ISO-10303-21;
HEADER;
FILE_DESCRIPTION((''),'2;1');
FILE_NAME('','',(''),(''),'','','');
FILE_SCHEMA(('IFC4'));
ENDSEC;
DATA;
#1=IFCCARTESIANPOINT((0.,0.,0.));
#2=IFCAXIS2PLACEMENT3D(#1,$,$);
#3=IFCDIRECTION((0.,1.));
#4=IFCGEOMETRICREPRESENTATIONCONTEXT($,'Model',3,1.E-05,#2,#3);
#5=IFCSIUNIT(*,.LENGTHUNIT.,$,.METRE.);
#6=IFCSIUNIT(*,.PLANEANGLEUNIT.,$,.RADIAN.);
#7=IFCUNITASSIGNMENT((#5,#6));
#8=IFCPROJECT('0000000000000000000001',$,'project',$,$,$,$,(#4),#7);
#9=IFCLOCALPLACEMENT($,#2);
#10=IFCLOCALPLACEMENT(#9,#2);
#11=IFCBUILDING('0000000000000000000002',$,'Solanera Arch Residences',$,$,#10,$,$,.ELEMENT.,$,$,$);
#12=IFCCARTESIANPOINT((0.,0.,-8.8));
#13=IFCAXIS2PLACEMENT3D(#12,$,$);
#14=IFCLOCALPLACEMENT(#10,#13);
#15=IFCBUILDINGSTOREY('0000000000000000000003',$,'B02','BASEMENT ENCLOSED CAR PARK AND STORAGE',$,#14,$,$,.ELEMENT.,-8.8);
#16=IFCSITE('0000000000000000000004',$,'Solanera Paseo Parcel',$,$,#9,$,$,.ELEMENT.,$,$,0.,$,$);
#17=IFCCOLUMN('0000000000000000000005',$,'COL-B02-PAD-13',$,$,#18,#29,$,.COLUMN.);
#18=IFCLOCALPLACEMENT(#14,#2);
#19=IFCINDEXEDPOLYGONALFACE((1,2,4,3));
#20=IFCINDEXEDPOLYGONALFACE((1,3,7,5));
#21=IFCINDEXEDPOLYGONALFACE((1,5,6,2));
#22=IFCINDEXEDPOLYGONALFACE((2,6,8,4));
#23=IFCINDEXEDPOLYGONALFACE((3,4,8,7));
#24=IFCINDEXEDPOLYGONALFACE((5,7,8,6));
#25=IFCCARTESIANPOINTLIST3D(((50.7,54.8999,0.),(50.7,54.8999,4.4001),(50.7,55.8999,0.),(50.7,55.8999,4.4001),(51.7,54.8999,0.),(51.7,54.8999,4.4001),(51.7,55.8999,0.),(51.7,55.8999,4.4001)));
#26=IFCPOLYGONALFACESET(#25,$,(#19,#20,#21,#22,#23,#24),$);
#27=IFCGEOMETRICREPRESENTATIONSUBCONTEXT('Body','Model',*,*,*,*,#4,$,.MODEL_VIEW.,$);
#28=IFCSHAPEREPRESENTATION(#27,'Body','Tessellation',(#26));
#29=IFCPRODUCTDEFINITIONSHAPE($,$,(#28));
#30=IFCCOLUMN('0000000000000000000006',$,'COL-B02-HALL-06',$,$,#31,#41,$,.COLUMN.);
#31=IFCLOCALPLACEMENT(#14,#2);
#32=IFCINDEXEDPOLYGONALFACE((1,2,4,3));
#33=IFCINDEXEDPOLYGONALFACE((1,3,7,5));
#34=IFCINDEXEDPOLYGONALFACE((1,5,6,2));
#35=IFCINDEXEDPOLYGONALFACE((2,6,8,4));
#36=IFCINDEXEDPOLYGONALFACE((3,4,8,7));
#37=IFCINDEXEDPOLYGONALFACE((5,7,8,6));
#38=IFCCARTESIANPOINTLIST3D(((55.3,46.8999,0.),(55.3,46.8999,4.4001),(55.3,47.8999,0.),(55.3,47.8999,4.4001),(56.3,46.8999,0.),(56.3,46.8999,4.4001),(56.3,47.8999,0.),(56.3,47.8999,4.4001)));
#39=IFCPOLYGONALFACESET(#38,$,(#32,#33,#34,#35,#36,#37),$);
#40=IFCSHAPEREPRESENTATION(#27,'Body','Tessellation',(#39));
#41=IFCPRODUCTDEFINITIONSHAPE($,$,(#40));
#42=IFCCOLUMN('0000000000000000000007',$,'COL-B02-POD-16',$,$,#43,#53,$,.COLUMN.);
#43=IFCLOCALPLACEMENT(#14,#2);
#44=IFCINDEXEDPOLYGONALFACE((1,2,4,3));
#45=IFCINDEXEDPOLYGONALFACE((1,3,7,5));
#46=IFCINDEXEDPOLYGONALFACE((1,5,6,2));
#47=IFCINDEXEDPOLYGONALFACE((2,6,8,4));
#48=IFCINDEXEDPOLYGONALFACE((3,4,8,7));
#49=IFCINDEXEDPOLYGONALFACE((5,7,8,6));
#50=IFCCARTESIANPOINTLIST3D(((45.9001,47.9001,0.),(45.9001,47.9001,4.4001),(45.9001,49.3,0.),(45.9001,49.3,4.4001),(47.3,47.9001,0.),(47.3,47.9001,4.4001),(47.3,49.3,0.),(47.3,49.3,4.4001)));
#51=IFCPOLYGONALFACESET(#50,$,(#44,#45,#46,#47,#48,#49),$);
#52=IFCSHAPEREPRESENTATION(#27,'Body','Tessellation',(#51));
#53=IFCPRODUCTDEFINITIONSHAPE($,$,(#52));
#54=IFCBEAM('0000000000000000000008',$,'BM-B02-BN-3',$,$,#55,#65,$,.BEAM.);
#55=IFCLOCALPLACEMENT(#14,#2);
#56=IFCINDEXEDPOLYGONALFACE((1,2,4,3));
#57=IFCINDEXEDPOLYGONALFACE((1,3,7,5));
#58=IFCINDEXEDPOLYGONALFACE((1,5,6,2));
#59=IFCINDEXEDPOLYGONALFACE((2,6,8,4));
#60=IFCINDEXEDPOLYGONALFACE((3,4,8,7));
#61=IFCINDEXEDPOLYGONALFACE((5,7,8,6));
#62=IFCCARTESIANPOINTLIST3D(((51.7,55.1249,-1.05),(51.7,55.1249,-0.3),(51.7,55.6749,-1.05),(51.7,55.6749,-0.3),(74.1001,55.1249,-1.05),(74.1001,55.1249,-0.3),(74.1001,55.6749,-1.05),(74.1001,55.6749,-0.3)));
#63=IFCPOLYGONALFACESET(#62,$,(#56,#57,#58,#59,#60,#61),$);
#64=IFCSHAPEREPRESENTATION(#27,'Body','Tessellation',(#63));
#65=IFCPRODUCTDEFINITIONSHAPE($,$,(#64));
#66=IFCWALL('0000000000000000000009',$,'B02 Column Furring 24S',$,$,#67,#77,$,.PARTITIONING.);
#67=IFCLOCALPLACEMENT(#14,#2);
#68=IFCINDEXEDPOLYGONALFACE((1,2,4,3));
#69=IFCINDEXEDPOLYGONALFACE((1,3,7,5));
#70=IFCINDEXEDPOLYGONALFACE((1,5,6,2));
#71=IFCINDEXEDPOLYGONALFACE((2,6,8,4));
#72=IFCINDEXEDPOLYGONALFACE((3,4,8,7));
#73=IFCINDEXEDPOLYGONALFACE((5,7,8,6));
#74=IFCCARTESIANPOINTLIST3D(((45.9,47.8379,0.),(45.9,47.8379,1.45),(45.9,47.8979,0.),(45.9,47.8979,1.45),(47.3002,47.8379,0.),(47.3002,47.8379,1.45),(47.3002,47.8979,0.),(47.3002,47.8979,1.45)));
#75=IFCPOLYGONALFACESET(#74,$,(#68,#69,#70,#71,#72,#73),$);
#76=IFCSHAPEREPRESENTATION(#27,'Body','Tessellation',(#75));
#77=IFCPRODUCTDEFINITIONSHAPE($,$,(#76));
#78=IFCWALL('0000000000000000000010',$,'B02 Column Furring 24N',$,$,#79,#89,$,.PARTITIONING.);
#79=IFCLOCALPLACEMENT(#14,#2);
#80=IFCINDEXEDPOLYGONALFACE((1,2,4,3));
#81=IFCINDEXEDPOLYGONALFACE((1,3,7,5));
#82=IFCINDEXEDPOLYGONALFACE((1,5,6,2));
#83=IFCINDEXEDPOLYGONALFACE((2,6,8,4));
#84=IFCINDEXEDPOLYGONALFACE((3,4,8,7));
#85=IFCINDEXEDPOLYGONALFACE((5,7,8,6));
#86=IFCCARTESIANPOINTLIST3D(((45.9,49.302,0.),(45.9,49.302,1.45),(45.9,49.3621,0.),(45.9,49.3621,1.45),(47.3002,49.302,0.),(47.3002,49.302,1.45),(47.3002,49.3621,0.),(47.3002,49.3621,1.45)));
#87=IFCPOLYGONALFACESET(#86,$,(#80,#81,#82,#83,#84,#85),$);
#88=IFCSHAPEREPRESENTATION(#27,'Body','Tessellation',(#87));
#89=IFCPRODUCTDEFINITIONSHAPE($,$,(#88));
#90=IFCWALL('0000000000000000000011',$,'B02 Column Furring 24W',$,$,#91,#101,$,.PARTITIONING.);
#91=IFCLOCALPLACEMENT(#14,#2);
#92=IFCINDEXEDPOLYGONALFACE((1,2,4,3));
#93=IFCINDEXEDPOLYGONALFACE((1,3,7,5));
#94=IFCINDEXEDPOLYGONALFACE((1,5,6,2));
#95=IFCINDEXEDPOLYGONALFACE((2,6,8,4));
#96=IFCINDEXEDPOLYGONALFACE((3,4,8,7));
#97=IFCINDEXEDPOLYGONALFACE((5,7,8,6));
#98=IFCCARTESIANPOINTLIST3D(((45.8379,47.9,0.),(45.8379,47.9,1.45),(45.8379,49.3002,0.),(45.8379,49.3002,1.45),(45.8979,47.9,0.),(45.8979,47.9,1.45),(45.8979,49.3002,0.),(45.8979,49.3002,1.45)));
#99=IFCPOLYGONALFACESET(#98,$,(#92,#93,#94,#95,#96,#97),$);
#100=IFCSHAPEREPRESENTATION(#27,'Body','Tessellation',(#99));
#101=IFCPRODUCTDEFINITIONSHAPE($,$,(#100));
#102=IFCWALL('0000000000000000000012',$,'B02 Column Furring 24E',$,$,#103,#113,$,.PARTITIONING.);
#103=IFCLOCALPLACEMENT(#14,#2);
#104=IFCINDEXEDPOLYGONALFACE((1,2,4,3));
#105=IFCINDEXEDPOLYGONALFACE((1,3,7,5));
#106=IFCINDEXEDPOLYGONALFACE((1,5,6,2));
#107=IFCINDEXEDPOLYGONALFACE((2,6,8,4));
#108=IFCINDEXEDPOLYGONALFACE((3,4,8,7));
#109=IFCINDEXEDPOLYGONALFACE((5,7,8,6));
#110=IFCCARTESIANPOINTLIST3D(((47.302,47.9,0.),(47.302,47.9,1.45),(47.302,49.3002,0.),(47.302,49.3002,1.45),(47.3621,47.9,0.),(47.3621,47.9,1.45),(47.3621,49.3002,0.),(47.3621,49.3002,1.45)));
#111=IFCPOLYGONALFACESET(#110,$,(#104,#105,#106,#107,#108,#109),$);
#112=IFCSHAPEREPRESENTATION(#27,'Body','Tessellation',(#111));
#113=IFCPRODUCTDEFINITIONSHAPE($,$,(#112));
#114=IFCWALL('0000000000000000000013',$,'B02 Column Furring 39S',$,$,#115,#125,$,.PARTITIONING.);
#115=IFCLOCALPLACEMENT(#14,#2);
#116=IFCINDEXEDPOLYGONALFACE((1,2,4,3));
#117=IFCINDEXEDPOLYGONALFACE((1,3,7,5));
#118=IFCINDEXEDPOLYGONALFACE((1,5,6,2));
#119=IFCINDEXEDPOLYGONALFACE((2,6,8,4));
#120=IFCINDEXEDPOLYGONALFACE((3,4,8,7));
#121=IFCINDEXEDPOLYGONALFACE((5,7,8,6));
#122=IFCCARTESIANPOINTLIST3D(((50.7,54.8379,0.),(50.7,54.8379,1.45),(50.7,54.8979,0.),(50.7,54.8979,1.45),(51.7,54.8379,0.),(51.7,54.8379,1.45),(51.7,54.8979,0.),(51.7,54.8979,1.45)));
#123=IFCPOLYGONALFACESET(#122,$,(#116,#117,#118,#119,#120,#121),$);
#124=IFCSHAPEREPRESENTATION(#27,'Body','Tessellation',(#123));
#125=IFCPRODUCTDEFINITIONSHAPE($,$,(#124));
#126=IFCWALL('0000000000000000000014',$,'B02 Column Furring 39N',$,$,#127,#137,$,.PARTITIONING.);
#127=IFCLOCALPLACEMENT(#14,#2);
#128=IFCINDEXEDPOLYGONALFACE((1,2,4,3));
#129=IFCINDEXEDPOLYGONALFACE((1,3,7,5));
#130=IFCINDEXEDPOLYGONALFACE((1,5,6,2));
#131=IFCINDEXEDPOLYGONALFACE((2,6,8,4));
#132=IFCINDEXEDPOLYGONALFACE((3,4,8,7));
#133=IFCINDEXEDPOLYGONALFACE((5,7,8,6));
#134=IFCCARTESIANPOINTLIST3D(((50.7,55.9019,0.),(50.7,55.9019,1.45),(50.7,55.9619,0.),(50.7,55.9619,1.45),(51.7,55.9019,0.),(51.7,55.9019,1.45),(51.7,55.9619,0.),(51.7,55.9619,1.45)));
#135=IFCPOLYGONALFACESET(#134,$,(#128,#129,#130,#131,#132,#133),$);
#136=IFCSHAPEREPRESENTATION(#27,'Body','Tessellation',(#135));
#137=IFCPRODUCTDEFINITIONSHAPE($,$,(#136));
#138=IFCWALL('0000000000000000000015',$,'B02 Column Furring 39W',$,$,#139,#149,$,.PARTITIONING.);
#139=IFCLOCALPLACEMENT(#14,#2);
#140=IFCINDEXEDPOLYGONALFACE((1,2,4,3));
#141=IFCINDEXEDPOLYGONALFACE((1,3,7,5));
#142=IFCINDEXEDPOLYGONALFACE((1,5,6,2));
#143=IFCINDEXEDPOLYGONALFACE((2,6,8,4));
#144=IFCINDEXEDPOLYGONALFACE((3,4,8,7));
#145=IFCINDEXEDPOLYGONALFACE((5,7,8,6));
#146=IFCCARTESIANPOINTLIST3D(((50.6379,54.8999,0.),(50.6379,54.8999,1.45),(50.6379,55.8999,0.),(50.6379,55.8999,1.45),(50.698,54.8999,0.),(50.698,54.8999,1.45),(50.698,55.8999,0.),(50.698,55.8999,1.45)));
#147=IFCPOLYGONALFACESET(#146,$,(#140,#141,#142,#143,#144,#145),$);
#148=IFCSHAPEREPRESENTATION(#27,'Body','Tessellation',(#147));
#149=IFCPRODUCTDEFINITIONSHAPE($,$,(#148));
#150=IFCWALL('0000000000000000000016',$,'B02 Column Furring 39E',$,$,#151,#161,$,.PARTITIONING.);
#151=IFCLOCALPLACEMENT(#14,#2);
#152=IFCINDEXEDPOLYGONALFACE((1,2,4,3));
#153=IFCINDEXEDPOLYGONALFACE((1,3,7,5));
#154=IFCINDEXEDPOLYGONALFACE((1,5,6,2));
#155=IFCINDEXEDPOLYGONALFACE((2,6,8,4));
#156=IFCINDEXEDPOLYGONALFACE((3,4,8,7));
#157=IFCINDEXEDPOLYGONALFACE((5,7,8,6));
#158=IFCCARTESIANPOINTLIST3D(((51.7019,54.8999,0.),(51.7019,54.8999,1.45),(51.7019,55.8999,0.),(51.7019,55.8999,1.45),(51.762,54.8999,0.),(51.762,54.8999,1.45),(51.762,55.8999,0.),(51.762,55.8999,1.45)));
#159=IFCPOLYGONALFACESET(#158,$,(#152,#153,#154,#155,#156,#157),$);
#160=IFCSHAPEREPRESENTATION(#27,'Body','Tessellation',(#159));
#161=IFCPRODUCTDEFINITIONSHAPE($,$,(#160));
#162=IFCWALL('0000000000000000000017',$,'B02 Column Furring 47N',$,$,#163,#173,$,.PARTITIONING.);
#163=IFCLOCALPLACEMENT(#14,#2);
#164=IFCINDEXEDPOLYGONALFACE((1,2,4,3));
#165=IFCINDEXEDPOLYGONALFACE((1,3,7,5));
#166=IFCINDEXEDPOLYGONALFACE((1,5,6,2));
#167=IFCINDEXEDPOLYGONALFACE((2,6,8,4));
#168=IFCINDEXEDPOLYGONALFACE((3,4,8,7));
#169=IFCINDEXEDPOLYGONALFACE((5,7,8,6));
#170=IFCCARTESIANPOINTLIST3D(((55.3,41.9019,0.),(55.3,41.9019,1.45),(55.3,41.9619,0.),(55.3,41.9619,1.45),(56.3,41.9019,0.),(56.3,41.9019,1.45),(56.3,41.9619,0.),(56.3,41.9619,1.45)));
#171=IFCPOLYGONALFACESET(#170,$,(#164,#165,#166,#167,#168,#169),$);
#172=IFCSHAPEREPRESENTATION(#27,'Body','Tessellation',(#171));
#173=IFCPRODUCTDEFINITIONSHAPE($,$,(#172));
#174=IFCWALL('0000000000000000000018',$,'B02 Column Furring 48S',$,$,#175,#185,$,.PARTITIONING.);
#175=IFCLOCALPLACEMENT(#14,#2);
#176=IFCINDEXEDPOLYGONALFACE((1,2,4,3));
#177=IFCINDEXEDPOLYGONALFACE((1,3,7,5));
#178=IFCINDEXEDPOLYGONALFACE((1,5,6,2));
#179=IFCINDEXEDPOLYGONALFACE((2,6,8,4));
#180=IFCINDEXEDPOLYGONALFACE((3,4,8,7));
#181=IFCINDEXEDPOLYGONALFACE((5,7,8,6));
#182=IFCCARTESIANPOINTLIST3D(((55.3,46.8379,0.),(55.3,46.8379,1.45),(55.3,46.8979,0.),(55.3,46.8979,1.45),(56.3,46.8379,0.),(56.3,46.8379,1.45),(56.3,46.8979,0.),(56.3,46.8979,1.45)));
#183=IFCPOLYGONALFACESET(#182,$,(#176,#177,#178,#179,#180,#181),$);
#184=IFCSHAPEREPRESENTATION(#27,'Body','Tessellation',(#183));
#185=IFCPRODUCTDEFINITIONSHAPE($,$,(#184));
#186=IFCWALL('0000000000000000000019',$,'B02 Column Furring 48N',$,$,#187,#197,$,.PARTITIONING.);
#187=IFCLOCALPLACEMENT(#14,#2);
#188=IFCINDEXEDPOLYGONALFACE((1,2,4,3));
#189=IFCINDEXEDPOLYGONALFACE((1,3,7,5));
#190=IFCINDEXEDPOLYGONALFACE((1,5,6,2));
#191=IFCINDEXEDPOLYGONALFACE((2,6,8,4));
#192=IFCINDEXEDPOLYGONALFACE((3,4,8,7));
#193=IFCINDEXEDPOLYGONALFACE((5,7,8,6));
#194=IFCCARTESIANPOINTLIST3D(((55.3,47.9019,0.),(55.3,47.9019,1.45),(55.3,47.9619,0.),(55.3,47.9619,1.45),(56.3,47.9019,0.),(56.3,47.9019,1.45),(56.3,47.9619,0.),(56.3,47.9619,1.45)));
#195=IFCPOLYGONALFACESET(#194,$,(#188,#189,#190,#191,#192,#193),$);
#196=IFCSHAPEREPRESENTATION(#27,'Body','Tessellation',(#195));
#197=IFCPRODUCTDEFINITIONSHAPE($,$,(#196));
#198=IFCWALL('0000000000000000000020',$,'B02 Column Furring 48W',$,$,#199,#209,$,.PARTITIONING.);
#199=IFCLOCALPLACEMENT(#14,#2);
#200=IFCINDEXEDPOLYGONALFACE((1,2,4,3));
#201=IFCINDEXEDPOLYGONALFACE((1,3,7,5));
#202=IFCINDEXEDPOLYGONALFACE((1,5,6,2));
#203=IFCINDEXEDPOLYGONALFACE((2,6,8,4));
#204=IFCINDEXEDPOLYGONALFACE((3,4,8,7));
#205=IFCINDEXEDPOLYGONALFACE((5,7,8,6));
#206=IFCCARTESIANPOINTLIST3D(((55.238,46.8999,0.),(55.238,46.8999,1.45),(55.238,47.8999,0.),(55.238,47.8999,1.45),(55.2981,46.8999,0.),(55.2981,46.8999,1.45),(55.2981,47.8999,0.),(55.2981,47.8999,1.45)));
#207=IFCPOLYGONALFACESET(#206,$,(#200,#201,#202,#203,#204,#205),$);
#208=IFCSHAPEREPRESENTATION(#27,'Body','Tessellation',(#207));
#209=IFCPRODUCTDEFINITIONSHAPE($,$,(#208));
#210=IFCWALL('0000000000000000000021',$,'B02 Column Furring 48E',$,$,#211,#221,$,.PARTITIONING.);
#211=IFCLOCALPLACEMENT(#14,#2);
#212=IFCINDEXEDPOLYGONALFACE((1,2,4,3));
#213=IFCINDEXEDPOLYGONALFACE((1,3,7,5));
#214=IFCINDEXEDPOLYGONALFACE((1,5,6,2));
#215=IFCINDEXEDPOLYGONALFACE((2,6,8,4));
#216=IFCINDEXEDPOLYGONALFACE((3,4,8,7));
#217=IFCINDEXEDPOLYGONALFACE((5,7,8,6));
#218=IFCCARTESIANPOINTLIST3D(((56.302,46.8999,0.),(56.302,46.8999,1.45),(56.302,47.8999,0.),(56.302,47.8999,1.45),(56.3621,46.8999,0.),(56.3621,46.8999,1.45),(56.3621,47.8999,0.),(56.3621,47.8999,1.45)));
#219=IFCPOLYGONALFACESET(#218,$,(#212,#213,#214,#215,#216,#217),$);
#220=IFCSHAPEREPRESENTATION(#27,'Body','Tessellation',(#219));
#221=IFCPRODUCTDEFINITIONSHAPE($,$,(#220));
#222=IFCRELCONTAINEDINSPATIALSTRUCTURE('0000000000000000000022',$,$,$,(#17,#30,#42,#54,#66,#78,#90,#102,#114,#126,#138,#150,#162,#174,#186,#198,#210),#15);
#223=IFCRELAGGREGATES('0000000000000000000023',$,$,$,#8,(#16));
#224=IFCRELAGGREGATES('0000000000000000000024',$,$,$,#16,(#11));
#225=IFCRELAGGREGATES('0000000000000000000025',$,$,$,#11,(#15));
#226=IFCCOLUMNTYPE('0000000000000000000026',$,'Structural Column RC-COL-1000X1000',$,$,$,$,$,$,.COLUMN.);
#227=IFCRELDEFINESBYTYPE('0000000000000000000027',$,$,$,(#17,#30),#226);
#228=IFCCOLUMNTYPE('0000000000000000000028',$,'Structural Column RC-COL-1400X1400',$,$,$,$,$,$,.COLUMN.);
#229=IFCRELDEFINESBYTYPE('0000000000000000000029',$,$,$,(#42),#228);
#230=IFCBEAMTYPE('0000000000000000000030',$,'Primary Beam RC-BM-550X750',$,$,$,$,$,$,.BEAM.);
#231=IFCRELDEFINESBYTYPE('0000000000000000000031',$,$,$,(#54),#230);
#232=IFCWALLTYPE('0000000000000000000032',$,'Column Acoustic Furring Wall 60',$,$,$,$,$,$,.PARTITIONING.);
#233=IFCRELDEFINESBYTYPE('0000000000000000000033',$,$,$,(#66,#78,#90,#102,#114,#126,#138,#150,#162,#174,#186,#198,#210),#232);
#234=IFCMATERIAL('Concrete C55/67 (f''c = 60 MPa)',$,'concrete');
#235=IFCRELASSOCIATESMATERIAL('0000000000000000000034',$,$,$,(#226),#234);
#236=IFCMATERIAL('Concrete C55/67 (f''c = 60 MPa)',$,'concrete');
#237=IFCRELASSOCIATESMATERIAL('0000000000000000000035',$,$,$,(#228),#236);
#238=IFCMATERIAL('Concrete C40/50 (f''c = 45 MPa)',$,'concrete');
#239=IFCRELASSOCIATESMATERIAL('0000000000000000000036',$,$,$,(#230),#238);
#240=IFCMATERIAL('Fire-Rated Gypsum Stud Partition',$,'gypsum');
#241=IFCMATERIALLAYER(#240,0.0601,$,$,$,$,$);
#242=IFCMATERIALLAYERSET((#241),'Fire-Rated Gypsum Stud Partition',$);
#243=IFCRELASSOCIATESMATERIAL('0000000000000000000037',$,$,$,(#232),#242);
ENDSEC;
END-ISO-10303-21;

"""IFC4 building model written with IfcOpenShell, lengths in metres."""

from ifc_helpers import new_model, si_unit, direction, frame, frame_2d, origin, origin_2d, place, context, subcontext, project, spatial, rectangle, extrude, material, layer, layer_set, material_profile, profile_set, type_object, element, save


model = new_model("IFC4")

# Units and contexts
model_context = context("Model", 3, precision=1e-05, world=origin(), true_north=direction((0.0, 1.0)))
body_context = subcontext(model_context, "Body", "Model", "MODEL_VIEW")
ifc_project = project(units=[si_unit("LENGTHUNIT", "METRE"), si_unit("PLANEANGLEUNIT", "RADIAN")], contexts=[model_context])

# Site, building, storey
site_placement = place(None, origin())
site = spatial("IfcSite", under=ifc_project, at=site_placement, Name="Solanera Paseo Parcel", CompositionType="ELEMENT", RefElevation=0.0)
building_placement = place(site_placement, origin())
building = spatial("IfcBuilding", under=site, at=building_placement, Name="Solanera Arch Residences", CompositionType="ELEMENT")
storey_placement = place(building_placement, frame((0.0, 0.0, -8.8)))
storey = spatial("IfcBuildingStorey", under=building, at=storey_placement, Name="B02", Description="BASEMENT ENCLOSED CAR PARK AND STORAGE", CompositionType="ELEMENT", Elevation=-8.8)

# Columns
ifc_material_1 = material(Name="Concrete C55/67 (f'c = 60 MPa)", Category="concrete")
ifc_material_profile_1 = material_profile(ifc_material_1, rectangle(XDim=1.0, YDim=1.0, at=origin_2d()))
ifc_profile_set_1 = profile_set([ifc_material_profile_1], Name="Concrete C55/67 (f'c = 60 MPa)")
column_type_1 = type_object("IfcColumnType", Name="Structural Column RC-COL-1000X1000", PredefinedType="COLUMN", material=ifc_profile_set_1)
for number, where, z_axis, x_axis, name in (
    (1, (51.2, 55.3999, 0.0), (0.0, 0.0, 1.0), (1.0, 0.0, 0.0), "COL-B02-PAD-13"),
    (2, (55.8, 47.3999, 0.0), (0.0, 0.0, 1.0), (1.0, 0.0, 0.0), "COL-B02-HALL-06"),
):
    element("IfcColumn", number, at=place(storey_placement, frame(where, z_axis=z_axis, x_axis=x_axis)), inside=storey, type_object=column_type_1, Name=name, PredefinedType="COLUMN", context=body_context, shape_type="SweptSolid", body=[
        extrude(rectangle(XDim=1.0, YDim=1.0, at=origin_2d()), origin(), (0.0, 0.0, 1.0), 4.4001),
    ])
ifc_material_2 = material(Name="Concrete C55/67 (f'c = 60 MPa)", Category="concrete")
ifc_material_profile_2 = material_profile(ifc_material_2, rectangle(XDim=1.3999, YDim=1.3999, at=origin_2d()))
ifc_profile_set_2 = profile_set([ifc_material_profile_2], Name="Concrete C55/67 (f'c = 60 MPa)")
column_type_2 = type_object("IfcColumnType", Name="Structural Column RC-COL-1400X1400", PredefinedType="COLUMN", material=ifc_profile_set_2)
column_placement = place(storey_placement, frame((46.6001, 48.6001, 0.0), z_axis=(0.0, 0.0, 1.0), x_axis=(1.0, 0.0, 0.0)))
element("IfcColumn", 3, at=column_placement, inside=storey, type_object=column_type_2, Name="COL-B02-POD-16", PredefinedType="COLUMN", context=body_context, shape_type="SweptSolid", body=[
    extrude(rectangle(XDim=1.3999, YDim=1.3999, at=origin_2d()), origin(), (0.0, 0.0, 1.0), 4.4001),
])

# Beam
ifc_material_3 = material(Name="Concrete C40/50 (f'c = 45 MPa)", Category="concrete")
ifc_material_profile_3 = material_profile(ifc_material_3, rectangle(XDim=0.55, YDim=0.75, at=origin_2d()))
ifc_profile_set_3 = profile_set([ifc_material_profile_3], Name="Concrete C40/50 (f'c = 45 MPa)")
beam_type = type_object("IfcBeamType", Name="Primary Beam RC-BM-550X750", PredefinedType="BEAM", material=ifc_profile_set_3)
beam_placement = place(storey_placement, frame((51.7, 55.3999, -0.675), z_axis=(1.0, 0.0, 0.0), x_axis=(0.0, 1.0, 0.0)))
element("IfcBeam", 4, at=beam_placement, inside=storey, type_object=beam_type, Name="BM-B02-BN-3", PredefinedType="BEAM", context=body_context, shape_type="SweptSolid", body=[
    extrude(rectangle(XDim=0.55, YDim=0.75, at=origin_2d()), origin(), (0.0, 0.0, 1.0), 22.4001),
])

# Walls
ifc_material_4 = material(Name="Fire-Rated Gypsum Stud Partition", Category="gypsum")
ifc_layer_1 = layer(ifc_material_4, 0.0601)
ifc_layer_set_1 = layer_set([ifc_layer_1], Name="Fire-Rated Gypsum Stud Partition")
wall_type_1 = type_object("IfcWallType", Name="Column Acoustic Furring Wall 60", PredefinedType="PARTITIONING", material=ifc_layer_set_1)
for number, where, z_axis, x_axis, name in (
    (5, (45.8999, 47.8679, 0.0), (0.0, 0.0, 1.0), (1.0, 0.0, 0.0), "B02 Column Furring 24S"),
    (6, (45.8999, 49.332, 0.0), (0.0, 0.0, 1.0), (1.0, 0.0, 0.0), "B02 Column Furring 24N"),
    (7, (45.8679, 47.8999, 0.0), (0.0, 0.0, 1.0), (0.0, 1.0, 0.0), "B02 Column Furring 24W"),
    (8, (47.332, 47.8999, 0.0), (0.0, 0.0, 1.0), (0.0, 1.0, 0.0), "B02 Column Furring 24E"),
):
    element("IfcWall", number, at=place(storey_placement, frame(where, z_axis=z_axis, x_axis=x_axis)), inside=storey, type_object=wall_type_1, Name=name, PredefinedType="PARTITIONING", context=body_context, shape_type="SweptSolid", body=[
        extrude(rectangle(XDim=1.4001, YDim=0.0601, at=frame_2d((0.7002, 0.0))), origin(), (0.0, 0.0, 1.0), 1.45),
    ])
for number, where, z_axis, x_axis, name in (
    (9, (50.7, 54.8679, 0.0), (0.0, 0.0, 1.0), (1.0, 0.0, 0.0), "B02 Column Furring 39S"),
    (10, (50.7, 55.9319, 0.0), (0.0, 0.0, 1.0), (1.0, 0.0, 0.0), "B02 Column Furring 39N"),
    (11, (50.668, 54.8999, 0.0), (0.0, 0.0, 1.0), (0.0, 1.0, 0.0), "B02 Column Furring 39W"),
    (12, (51.7319, 54.8999, 0.0), (0.0, 0.0, 1.0), (0.0, 1.0, 0.0), "B02 Column Furring 39E"),
    (13, (55.3, 41.9319, 0.0), (0.0, 0.0, 1.0), (1.0, 0.0, 0.0), "B02 Column Furring 47N"),
    (14, (55.3, 46.8679, 0.0), (0.0, 0.0, 1.0), (1.0, 0.0, 0.0), "B02 Column Furring 48S"),
    (15, (55.3, 47.9319, 0.0), (0.0, 0.0, 1.0), (1.0, 0.0, 0.0), "B02 Column Furring 48N"),
    (16, (55.2681, 46.8999, 0.0), (0.0, 0.0, 1.0), (0.0, 1.0, 0.0), "B02 Column Furring 48W"),
    (17, (56.332, 46.8999, 0.0), (0.0, 0.0, 1.0), (0.0, 1.0, 0.0), "B02 Column Furring 48E"),
):
    element("IfcWall", number, at=place(storey_placement, frame(where, z_axis=z_axis, x_axis=x_axis)), inside=storey, type_object=wall_type_1, Name=name, PredefinedType="PARTITIONING", context=body_context, shape_type="SweptSolid", body=[
        extrude(rectangle(XDim=1.0, YDim=0.0601, at=frame_2d((0.5, 0.0))), origin(), (0.0, 0.0, 1.0), 1.45),
    ])

save(model, "model.ifc")
